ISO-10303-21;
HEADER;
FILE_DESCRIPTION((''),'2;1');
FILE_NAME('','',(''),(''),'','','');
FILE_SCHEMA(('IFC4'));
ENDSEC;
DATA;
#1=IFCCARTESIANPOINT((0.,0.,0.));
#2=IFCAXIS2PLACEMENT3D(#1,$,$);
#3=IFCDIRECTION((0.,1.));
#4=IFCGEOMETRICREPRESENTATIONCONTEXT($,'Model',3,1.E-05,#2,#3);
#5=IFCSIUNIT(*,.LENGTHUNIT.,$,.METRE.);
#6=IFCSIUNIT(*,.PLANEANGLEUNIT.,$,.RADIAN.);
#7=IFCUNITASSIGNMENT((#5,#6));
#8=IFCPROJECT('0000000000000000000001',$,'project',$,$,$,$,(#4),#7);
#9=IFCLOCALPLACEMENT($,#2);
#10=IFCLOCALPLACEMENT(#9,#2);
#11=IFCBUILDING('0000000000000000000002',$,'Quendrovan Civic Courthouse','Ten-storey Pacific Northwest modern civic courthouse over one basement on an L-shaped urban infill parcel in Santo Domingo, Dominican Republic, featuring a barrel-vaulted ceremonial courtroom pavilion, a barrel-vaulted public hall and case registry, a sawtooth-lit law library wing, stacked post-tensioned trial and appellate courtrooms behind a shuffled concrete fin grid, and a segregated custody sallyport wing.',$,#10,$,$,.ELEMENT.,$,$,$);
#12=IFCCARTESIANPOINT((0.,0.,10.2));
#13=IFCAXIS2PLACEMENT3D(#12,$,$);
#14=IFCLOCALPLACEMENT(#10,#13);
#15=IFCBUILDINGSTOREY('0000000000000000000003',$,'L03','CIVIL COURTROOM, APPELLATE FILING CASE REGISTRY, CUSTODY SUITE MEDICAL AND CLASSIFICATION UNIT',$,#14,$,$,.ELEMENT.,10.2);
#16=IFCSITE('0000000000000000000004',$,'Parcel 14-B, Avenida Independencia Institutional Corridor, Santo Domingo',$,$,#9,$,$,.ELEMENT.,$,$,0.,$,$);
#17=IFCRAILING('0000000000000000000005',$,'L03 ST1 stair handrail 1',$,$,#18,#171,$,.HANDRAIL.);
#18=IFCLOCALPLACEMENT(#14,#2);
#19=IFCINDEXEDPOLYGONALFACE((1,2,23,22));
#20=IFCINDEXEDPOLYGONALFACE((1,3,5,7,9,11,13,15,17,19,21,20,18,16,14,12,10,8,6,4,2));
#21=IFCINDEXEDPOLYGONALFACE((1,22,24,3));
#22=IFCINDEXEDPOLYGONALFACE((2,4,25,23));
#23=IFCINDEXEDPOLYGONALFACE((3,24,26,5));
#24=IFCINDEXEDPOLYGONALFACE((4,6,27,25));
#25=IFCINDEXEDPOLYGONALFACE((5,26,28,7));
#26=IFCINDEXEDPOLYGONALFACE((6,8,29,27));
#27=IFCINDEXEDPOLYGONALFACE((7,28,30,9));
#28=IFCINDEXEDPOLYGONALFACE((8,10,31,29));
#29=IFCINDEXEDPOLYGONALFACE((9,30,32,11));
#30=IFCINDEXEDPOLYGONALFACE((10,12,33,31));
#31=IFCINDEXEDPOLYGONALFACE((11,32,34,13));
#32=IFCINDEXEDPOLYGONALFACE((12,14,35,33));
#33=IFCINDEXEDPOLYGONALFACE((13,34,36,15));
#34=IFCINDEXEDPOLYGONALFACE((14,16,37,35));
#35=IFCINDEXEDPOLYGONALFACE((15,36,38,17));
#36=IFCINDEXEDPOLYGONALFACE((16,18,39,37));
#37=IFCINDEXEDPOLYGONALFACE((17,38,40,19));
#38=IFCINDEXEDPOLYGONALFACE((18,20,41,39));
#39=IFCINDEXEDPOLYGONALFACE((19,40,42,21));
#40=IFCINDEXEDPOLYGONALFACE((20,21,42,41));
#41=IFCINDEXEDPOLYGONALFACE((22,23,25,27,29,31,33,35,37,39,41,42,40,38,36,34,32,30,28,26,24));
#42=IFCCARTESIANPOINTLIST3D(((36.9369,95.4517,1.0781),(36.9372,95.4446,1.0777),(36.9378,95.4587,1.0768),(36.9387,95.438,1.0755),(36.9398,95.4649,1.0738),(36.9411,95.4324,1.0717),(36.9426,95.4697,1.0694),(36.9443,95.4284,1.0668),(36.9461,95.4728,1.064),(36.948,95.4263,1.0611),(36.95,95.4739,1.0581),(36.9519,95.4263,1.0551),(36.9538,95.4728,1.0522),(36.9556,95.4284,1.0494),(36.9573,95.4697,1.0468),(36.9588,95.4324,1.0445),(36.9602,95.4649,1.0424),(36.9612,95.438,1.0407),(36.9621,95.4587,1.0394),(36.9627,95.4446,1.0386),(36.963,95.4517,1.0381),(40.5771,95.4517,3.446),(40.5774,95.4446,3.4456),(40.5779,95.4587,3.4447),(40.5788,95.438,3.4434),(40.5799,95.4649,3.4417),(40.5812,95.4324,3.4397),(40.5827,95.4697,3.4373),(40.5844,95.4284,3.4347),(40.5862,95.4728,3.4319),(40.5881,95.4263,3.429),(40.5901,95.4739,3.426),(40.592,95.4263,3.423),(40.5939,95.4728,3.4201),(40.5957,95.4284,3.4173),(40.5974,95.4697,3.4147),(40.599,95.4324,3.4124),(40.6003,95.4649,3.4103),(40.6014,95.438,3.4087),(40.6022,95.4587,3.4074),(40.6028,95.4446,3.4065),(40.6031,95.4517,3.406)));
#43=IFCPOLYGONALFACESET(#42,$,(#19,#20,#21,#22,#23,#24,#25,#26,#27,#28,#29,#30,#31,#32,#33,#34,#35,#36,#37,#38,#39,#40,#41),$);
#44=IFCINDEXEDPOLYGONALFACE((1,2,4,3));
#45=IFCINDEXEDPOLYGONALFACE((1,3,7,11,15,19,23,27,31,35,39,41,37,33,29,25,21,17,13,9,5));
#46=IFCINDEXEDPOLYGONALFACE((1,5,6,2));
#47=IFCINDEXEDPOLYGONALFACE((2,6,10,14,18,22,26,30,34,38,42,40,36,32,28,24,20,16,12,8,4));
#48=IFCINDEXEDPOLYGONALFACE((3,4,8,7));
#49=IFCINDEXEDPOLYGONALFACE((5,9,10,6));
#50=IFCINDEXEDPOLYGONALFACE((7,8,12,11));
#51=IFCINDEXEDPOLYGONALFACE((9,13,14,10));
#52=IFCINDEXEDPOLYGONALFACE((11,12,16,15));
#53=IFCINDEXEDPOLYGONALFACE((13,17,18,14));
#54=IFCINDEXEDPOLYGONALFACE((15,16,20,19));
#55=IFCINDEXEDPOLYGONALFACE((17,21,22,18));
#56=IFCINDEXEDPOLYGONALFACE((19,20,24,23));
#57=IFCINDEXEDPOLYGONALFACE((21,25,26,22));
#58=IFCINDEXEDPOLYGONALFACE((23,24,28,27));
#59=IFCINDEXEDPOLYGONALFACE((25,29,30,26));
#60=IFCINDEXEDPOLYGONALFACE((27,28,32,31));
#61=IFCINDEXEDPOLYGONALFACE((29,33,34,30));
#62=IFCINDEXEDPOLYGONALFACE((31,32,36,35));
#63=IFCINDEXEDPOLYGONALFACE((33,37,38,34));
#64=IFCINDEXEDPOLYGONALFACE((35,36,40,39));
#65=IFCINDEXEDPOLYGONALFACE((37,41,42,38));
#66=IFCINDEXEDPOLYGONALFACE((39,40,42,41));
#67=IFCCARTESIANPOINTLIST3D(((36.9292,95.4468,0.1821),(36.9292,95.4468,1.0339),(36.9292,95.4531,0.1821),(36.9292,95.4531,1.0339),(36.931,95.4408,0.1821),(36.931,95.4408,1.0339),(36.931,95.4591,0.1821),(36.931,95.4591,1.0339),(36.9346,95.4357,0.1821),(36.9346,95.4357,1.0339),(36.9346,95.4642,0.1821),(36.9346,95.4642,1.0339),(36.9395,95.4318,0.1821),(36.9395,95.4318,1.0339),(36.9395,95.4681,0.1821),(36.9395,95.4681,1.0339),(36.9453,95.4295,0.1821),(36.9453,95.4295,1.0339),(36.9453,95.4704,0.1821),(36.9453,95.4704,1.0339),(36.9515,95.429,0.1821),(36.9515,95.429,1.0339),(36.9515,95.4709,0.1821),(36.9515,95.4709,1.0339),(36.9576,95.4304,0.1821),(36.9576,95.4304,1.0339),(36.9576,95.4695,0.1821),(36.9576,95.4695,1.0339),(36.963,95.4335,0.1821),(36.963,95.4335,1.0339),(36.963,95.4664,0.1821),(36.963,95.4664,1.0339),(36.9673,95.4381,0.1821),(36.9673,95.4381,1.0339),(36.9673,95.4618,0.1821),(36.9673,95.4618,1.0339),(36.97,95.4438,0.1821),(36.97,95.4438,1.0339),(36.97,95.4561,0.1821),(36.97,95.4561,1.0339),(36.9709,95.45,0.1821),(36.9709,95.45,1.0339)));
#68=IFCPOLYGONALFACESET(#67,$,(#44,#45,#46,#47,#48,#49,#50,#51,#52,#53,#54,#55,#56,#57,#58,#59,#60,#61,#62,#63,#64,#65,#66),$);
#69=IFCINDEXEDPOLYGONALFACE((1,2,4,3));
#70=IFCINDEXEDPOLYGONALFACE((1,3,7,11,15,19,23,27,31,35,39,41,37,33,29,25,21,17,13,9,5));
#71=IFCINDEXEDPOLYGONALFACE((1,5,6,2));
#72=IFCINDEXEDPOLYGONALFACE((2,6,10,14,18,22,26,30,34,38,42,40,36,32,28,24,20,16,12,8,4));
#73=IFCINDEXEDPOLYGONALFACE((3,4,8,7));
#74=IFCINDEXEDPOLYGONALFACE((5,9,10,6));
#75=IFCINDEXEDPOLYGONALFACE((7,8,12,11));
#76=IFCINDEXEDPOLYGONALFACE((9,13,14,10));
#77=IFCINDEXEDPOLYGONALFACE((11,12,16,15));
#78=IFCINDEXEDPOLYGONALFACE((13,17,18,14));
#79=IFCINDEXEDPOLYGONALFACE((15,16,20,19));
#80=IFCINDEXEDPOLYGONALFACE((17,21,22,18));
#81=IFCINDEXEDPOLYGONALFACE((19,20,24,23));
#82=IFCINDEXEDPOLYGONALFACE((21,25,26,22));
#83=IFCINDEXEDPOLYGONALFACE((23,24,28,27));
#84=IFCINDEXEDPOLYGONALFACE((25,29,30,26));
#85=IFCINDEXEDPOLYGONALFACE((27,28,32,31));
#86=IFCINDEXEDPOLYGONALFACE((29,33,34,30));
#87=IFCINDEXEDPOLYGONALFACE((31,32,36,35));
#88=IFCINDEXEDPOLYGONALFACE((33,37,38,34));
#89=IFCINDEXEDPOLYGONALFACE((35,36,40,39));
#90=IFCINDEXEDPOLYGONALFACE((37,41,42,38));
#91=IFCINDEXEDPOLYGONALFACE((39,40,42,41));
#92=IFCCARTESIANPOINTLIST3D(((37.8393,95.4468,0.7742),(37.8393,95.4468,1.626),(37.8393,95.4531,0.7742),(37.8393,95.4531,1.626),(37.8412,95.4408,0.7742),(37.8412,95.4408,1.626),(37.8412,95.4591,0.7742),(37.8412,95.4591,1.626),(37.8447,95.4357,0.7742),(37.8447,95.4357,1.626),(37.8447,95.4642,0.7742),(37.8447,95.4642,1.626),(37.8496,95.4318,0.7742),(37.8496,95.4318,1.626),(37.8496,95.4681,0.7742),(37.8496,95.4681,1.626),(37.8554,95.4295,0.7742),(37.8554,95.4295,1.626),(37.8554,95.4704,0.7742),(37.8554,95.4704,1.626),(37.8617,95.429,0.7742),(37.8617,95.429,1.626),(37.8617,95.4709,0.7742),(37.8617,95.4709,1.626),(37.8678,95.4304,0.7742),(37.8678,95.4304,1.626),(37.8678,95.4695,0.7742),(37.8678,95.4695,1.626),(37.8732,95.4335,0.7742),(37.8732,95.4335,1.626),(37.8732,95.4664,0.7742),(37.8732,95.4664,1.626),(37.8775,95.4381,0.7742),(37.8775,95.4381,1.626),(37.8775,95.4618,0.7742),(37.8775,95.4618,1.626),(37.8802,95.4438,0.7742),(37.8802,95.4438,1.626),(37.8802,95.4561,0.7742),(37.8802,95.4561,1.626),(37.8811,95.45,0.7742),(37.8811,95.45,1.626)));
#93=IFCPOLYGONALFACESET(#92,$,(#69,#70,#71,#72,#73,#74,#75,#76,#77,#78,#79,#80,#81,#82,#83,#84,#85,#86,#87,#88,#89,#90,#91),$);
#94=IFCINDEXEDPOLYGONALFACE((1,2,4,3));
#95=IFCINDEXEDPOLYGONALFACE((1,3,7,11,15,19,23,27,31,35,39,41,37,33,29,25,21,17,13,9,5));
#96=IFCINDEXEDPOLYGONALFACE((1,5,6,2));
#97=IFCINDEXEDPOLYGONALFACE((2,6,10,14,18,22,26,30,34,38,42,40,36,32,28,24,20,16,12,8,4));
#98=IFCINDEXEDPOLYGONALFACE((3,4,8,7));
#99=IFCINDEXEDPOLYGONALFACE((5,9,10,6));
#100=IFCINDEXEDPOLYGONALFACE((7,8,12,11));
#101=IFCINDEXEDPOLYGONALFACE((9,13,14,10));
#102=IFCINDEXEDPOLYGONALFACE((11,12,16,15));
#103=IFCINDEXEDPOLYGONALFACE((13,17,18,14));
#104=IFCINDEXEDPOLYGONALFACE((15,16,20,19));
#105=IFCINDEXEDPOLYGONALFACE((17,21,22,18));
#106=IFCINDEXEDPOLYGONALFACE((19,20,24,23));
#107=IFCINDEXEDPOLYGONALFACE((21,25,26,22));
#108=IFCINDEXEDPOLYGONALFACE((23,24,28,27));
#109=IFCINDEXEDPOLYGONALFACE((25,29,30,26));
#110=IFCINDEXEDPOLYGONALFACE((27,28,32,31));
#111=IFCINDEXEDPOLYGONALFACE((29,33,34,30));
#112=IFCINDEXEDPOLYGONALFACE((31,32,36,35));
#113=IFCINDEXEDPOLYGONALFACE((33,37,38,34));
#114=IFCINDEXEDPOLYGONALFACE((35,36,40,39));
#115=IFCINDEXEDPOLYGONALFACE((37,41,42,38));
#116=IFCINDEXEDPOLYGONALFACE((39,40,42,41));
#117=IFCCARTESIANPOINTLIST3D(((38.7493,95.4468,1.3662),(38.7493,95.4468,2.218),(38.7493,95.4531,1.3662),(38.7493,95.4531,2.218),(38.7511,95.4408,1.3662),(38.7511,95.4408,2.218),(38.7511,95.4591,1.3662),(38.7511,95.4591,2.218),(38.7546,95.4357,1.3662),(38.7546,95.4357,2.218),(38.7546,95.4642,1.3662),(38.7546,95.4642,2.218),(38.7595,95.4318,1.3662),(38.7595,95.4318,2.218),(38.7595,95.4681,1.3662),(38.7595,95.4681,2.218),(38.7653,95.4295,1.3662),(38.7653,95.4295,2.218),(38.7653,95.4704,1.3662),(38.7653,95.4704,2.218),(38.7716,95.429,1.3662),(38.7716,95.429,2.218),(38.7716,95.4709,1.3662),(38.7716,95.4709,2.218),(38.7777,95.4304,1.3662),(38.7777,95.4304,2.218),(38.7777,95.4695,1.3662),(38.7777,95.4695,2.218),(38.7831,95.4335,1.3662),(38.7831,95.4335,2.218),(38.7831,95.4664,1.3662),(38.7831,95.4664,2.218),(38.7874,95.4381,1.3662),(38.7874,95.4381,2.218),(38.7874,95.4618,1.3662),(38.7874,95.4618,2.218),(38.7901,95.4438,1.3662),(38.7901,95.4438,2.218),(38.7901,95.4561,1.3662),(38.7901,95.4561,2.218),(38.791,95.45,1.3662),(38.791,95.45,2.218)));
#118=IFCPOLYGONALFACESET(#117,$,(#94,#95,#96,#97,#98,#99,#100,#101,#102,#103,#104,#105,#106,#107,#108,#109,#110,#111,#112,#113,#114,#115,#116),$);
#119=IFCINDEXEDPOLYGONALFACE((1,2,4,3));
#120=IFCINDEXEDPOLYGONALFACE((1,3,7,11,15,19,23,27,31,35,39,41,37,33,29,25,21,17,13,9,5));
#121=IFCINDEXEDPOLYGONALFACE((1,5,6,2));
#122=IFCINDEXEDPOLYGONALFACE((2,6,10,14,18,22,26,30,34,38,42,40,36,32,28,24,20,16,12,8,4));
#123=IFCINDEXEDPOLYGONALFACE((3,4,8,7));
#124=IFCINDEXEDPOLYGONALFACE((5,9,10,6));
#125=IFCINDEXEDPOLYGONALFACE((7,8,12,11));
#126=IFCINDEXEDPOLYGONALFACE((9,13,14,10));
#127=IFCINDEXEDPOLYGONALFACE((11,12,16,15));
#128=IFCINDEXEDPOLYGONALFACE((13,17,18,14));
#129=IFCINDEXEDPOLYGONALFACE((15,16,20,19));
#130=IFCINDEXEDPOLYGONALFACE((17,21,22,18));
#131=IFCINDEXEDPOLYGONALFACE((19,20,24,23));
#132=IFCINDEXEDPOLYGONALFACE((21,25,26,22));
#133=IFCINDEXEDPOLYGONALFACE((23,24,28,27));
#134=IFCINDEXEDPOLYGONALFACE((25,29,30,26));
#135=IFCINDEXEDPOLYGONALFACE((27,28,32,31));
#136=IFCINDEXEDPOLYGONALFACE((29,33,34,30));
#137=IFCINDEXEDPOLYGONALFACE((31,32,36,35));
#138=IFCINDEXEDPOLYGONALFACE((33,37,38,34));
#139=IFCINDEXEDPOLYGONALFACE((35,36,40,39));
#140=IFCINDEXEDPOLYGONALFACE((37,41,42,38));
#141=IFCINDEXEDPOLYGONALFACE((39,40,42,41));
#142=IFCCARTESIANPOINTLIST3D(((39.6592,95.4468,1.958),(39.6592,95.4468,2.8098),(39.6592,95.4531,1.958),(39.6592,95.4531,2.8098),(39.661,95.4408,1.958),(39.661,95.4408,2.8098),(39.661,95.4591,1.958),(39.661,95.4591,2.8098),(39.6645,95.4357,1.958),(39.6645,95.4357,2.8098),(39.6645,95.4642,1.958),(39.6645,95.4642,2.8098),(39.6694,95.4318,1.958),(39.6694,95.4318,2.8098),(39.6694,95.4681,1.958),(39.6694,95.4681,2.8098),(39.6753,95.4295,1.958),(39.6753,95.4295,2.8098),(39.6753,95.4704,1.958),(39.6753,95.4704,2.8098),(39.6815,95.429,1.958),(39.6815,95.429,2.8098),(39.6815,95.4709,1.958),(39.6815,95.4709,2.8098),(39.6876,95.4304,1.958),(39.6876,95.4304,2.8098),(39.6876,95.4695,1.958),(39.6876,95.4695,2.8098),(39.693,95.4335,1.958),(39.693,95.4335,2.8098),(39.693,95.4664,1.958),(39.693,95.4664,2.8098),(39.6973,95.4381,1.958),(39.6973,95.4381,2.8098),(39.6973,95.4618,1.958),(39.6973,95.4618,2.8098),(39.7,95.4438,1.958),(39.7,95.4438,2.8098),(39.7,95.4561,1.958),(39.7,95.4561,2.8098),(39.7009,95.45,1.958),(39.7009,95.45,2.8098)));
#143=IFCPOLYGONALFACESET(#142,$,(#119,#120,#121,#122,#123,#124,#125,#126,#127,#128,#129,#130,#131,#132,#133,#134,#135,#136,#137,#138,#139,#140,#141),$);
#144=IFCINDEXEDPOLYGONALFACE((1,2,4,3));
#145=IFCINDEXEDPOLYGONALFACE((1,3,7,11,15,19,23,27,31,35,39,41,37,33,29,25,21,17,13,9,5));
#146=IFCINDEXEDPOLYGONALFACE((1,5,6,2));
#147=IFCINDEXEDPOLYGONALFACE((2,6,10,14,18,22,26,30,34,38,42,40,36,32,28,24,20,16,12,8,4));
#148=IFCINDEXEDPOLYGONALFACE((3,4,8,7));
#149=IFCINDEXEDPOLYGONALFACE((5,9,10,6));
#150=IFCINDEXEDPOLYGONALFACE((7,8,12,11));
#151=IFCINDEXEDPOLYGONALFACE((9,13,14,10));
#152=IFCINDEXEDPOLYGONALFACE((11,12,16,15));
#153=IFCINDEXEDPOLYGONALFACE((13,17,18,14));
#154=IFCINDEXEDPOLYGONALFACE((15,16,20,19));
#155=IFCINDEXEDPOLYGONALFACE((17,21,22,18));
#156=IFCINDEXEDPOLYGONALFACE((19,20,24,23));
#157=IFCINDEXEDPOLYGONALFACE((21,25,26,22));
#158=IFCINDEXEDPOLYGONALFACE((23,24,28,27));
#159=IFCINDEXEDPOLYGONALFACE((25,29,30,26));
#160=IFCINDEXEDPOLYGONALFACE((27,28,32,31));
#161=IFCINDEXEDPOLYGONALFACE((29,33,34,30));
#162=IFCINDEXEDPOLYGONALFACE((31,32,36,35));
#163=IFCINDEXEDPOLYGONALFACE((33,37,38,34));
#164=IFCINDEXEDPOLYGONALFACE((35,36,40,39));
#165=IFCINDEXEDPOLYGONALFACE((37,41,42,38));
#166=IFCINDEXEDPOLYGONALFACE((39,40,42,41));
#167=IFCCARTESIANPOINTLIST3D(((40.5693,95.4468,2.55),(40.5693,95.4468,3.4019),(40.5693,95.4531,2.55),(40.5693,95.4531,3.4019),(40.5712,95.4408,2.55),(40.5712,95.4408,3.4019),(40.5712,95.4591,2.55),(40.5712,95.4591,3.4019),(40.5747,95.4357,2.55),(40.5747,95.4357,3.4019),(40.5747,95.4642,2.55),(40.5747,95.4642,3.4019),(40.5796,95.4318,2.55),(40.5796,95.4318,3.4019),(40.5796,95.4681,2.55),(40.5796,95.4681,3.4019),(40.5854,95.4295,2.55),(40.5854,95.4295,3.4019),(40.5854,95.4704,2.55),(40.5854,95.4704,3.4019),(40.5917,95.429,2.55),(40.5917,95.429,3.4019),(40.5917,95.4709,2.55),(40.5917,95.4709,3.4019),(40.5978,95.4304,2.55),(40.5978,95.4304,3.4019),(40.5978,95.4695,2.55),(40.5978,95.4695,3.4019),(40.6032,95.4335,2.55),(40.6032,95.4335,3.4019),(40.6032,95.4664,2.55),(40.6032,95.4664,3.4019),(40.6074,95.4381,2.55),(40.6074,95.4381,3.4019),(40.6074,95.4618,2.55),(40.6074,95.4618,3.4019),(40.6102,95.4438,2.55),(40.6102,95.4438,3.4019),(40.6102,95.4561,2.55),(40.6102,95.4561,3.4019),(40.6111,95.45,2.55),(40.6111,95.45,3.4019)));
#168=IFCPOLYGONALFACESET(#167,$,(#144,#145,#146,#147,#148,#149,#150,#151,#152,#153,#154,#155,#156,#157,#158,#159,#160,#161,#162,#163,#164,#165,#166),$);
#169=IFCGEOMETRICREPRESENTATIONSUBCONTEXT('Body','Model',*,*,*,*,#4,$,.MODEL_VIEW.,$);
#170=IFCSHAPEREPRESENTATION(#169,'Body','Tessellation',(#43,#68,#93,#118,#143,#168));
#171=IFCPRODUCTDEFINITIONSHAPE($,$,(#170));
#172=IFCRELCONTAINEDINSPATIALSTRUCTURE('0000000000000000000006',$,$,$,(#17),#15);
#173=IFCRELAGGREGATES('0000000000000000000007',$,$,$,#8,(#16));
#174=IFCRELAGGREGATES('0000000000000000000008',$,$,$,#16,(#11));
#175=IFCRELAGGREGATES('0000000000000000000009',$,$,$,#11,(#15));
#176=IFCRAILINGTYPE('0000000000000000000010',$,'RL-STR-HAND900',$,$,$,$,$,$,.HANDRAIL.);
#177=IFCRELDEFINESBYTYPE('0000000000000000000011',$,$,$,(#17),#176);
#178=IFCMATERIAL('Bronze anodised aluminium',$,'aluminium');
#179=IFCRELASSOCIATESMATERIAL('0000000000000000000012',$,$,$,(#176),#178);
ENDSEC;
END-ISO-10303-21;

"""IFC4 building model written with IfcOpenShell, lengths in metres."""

from ifc_helpers import new_model, si_unit, direction, frame, origin, origin_2d, place, context, subcontext, project, spatial, circle, extrude, material, type_object, element, save


model = new_model("IFC4")

# Units and contexts
model_context = context("Model", 3, precision=1e-05, world=origin(), true_north=direction((0.0, 1.0)))
body_context = subcontext(model_context, "Body", "Model", "MODEL_VIEW")
ifc_project = project(units=[si_unit("LENGTHUNIT", "METRE"), si_unit("PLANEANGLEUNIT", "RADIAN")], contexts=[model_context])

# Site, building, storey
site_placement = place(None, origin())
site = spatial("IfcSite", under=ifc_project, at=site_placement, Name="Parcel 14-B, Avenida Independencia Institutional Corridor, Santo Domingo", CompositionType="ELEMENT", RefElevation=0.0)
building_placement = place(site_placement, origin())
building = spatial("IfcBuilding", under=site, at=building_placement, Name="Quendrovan Civic Courthouse", Description="Ten-storey Pacific Northwest modern civic courthouse over one basement on an L-shaped urban infill parcel in Santo Domingo, Dominican Republic, featuring a barrel-vaulted ceremonial courtroom pavilion, a barrel-vaulted public hall and case registry, a sawtooth-lit law library wing, stacked post-tensioned trial and appellate courtrooms behind a shuffled concrete fin grid, and a segregated custody sallyport wing.", CompositionType="ELEMENT")
storey_placement = place(building_placement, frame((0.0, 0.0, 10.2)))
storey = spatial("IfcBuildingStorey", under=building, at=storey_placement, Name="L03", Description="CIVIL COURTROOM, APPELLATE FILING CASE REGISTRY, CUSTODY SUITE MEDICAL AND CLASSIFICATION UNIT", CompositionType="ELEMENT", Elevation=10.2)

# Railing
ifc_material_1 = material(Name="Bronze anodised aluminium", Category="aluminium")
railing_type_1 = type_object("IfcRailingType", Name="RL-STR-HAND900", PredefinedType="HANDRAIL", material=ifc_material_1)
railing_1_placement = place(storey_placement, frame((36.95, 95.45, 0.1821)))
element("IfcRailing", 1, at=railing_1_placement, inside=storey, type_object=railing_type_1, Name="L03 ST1 stair handrail 1", PredefinedType="HANDRAIL", context=body_context, shape_type="SweptSolid", body=[
    extrude(circle(Radius=0.0239, at=origin_2d()), frame((0.0, 0.0, 0.876), z_axis=(0.838251, 0.0, 0.545285), x_axis=(0.0, 1.0, 0.0)), (0.0, 0.0, 1.0), 4.3425),
    extrude(circle(Radius=0.021, at=origin_2d()), origin(), (0.0, 0.0, 1.0), 0.8518),
    extrude(circle(Radius=0.021, at=origin_2d()), frame((0.9102, 0.0, 0.592)), (0.0, 0.0, 1.0), 0.8518),
    extrude(circle(Radius=0.021, at=origin_2d()), frame((1.8201, 0.0, 1.1841)), (0.0, 0.0, 1.0), 0.8518),
    extrude(circle(Radius=0.021, at=origin_2d()), frame((2.73, 0.0, 1.7759)), (0.0, 0.0, 1.0), 0.8518),
    extrude(circle(Radius=0.021, at=origin_2d()), frame((3.6401, 0.0, 2.3679)), (0.0, 0.0, 1.0), 0.8518),
])

save(model, "model.ifc")
